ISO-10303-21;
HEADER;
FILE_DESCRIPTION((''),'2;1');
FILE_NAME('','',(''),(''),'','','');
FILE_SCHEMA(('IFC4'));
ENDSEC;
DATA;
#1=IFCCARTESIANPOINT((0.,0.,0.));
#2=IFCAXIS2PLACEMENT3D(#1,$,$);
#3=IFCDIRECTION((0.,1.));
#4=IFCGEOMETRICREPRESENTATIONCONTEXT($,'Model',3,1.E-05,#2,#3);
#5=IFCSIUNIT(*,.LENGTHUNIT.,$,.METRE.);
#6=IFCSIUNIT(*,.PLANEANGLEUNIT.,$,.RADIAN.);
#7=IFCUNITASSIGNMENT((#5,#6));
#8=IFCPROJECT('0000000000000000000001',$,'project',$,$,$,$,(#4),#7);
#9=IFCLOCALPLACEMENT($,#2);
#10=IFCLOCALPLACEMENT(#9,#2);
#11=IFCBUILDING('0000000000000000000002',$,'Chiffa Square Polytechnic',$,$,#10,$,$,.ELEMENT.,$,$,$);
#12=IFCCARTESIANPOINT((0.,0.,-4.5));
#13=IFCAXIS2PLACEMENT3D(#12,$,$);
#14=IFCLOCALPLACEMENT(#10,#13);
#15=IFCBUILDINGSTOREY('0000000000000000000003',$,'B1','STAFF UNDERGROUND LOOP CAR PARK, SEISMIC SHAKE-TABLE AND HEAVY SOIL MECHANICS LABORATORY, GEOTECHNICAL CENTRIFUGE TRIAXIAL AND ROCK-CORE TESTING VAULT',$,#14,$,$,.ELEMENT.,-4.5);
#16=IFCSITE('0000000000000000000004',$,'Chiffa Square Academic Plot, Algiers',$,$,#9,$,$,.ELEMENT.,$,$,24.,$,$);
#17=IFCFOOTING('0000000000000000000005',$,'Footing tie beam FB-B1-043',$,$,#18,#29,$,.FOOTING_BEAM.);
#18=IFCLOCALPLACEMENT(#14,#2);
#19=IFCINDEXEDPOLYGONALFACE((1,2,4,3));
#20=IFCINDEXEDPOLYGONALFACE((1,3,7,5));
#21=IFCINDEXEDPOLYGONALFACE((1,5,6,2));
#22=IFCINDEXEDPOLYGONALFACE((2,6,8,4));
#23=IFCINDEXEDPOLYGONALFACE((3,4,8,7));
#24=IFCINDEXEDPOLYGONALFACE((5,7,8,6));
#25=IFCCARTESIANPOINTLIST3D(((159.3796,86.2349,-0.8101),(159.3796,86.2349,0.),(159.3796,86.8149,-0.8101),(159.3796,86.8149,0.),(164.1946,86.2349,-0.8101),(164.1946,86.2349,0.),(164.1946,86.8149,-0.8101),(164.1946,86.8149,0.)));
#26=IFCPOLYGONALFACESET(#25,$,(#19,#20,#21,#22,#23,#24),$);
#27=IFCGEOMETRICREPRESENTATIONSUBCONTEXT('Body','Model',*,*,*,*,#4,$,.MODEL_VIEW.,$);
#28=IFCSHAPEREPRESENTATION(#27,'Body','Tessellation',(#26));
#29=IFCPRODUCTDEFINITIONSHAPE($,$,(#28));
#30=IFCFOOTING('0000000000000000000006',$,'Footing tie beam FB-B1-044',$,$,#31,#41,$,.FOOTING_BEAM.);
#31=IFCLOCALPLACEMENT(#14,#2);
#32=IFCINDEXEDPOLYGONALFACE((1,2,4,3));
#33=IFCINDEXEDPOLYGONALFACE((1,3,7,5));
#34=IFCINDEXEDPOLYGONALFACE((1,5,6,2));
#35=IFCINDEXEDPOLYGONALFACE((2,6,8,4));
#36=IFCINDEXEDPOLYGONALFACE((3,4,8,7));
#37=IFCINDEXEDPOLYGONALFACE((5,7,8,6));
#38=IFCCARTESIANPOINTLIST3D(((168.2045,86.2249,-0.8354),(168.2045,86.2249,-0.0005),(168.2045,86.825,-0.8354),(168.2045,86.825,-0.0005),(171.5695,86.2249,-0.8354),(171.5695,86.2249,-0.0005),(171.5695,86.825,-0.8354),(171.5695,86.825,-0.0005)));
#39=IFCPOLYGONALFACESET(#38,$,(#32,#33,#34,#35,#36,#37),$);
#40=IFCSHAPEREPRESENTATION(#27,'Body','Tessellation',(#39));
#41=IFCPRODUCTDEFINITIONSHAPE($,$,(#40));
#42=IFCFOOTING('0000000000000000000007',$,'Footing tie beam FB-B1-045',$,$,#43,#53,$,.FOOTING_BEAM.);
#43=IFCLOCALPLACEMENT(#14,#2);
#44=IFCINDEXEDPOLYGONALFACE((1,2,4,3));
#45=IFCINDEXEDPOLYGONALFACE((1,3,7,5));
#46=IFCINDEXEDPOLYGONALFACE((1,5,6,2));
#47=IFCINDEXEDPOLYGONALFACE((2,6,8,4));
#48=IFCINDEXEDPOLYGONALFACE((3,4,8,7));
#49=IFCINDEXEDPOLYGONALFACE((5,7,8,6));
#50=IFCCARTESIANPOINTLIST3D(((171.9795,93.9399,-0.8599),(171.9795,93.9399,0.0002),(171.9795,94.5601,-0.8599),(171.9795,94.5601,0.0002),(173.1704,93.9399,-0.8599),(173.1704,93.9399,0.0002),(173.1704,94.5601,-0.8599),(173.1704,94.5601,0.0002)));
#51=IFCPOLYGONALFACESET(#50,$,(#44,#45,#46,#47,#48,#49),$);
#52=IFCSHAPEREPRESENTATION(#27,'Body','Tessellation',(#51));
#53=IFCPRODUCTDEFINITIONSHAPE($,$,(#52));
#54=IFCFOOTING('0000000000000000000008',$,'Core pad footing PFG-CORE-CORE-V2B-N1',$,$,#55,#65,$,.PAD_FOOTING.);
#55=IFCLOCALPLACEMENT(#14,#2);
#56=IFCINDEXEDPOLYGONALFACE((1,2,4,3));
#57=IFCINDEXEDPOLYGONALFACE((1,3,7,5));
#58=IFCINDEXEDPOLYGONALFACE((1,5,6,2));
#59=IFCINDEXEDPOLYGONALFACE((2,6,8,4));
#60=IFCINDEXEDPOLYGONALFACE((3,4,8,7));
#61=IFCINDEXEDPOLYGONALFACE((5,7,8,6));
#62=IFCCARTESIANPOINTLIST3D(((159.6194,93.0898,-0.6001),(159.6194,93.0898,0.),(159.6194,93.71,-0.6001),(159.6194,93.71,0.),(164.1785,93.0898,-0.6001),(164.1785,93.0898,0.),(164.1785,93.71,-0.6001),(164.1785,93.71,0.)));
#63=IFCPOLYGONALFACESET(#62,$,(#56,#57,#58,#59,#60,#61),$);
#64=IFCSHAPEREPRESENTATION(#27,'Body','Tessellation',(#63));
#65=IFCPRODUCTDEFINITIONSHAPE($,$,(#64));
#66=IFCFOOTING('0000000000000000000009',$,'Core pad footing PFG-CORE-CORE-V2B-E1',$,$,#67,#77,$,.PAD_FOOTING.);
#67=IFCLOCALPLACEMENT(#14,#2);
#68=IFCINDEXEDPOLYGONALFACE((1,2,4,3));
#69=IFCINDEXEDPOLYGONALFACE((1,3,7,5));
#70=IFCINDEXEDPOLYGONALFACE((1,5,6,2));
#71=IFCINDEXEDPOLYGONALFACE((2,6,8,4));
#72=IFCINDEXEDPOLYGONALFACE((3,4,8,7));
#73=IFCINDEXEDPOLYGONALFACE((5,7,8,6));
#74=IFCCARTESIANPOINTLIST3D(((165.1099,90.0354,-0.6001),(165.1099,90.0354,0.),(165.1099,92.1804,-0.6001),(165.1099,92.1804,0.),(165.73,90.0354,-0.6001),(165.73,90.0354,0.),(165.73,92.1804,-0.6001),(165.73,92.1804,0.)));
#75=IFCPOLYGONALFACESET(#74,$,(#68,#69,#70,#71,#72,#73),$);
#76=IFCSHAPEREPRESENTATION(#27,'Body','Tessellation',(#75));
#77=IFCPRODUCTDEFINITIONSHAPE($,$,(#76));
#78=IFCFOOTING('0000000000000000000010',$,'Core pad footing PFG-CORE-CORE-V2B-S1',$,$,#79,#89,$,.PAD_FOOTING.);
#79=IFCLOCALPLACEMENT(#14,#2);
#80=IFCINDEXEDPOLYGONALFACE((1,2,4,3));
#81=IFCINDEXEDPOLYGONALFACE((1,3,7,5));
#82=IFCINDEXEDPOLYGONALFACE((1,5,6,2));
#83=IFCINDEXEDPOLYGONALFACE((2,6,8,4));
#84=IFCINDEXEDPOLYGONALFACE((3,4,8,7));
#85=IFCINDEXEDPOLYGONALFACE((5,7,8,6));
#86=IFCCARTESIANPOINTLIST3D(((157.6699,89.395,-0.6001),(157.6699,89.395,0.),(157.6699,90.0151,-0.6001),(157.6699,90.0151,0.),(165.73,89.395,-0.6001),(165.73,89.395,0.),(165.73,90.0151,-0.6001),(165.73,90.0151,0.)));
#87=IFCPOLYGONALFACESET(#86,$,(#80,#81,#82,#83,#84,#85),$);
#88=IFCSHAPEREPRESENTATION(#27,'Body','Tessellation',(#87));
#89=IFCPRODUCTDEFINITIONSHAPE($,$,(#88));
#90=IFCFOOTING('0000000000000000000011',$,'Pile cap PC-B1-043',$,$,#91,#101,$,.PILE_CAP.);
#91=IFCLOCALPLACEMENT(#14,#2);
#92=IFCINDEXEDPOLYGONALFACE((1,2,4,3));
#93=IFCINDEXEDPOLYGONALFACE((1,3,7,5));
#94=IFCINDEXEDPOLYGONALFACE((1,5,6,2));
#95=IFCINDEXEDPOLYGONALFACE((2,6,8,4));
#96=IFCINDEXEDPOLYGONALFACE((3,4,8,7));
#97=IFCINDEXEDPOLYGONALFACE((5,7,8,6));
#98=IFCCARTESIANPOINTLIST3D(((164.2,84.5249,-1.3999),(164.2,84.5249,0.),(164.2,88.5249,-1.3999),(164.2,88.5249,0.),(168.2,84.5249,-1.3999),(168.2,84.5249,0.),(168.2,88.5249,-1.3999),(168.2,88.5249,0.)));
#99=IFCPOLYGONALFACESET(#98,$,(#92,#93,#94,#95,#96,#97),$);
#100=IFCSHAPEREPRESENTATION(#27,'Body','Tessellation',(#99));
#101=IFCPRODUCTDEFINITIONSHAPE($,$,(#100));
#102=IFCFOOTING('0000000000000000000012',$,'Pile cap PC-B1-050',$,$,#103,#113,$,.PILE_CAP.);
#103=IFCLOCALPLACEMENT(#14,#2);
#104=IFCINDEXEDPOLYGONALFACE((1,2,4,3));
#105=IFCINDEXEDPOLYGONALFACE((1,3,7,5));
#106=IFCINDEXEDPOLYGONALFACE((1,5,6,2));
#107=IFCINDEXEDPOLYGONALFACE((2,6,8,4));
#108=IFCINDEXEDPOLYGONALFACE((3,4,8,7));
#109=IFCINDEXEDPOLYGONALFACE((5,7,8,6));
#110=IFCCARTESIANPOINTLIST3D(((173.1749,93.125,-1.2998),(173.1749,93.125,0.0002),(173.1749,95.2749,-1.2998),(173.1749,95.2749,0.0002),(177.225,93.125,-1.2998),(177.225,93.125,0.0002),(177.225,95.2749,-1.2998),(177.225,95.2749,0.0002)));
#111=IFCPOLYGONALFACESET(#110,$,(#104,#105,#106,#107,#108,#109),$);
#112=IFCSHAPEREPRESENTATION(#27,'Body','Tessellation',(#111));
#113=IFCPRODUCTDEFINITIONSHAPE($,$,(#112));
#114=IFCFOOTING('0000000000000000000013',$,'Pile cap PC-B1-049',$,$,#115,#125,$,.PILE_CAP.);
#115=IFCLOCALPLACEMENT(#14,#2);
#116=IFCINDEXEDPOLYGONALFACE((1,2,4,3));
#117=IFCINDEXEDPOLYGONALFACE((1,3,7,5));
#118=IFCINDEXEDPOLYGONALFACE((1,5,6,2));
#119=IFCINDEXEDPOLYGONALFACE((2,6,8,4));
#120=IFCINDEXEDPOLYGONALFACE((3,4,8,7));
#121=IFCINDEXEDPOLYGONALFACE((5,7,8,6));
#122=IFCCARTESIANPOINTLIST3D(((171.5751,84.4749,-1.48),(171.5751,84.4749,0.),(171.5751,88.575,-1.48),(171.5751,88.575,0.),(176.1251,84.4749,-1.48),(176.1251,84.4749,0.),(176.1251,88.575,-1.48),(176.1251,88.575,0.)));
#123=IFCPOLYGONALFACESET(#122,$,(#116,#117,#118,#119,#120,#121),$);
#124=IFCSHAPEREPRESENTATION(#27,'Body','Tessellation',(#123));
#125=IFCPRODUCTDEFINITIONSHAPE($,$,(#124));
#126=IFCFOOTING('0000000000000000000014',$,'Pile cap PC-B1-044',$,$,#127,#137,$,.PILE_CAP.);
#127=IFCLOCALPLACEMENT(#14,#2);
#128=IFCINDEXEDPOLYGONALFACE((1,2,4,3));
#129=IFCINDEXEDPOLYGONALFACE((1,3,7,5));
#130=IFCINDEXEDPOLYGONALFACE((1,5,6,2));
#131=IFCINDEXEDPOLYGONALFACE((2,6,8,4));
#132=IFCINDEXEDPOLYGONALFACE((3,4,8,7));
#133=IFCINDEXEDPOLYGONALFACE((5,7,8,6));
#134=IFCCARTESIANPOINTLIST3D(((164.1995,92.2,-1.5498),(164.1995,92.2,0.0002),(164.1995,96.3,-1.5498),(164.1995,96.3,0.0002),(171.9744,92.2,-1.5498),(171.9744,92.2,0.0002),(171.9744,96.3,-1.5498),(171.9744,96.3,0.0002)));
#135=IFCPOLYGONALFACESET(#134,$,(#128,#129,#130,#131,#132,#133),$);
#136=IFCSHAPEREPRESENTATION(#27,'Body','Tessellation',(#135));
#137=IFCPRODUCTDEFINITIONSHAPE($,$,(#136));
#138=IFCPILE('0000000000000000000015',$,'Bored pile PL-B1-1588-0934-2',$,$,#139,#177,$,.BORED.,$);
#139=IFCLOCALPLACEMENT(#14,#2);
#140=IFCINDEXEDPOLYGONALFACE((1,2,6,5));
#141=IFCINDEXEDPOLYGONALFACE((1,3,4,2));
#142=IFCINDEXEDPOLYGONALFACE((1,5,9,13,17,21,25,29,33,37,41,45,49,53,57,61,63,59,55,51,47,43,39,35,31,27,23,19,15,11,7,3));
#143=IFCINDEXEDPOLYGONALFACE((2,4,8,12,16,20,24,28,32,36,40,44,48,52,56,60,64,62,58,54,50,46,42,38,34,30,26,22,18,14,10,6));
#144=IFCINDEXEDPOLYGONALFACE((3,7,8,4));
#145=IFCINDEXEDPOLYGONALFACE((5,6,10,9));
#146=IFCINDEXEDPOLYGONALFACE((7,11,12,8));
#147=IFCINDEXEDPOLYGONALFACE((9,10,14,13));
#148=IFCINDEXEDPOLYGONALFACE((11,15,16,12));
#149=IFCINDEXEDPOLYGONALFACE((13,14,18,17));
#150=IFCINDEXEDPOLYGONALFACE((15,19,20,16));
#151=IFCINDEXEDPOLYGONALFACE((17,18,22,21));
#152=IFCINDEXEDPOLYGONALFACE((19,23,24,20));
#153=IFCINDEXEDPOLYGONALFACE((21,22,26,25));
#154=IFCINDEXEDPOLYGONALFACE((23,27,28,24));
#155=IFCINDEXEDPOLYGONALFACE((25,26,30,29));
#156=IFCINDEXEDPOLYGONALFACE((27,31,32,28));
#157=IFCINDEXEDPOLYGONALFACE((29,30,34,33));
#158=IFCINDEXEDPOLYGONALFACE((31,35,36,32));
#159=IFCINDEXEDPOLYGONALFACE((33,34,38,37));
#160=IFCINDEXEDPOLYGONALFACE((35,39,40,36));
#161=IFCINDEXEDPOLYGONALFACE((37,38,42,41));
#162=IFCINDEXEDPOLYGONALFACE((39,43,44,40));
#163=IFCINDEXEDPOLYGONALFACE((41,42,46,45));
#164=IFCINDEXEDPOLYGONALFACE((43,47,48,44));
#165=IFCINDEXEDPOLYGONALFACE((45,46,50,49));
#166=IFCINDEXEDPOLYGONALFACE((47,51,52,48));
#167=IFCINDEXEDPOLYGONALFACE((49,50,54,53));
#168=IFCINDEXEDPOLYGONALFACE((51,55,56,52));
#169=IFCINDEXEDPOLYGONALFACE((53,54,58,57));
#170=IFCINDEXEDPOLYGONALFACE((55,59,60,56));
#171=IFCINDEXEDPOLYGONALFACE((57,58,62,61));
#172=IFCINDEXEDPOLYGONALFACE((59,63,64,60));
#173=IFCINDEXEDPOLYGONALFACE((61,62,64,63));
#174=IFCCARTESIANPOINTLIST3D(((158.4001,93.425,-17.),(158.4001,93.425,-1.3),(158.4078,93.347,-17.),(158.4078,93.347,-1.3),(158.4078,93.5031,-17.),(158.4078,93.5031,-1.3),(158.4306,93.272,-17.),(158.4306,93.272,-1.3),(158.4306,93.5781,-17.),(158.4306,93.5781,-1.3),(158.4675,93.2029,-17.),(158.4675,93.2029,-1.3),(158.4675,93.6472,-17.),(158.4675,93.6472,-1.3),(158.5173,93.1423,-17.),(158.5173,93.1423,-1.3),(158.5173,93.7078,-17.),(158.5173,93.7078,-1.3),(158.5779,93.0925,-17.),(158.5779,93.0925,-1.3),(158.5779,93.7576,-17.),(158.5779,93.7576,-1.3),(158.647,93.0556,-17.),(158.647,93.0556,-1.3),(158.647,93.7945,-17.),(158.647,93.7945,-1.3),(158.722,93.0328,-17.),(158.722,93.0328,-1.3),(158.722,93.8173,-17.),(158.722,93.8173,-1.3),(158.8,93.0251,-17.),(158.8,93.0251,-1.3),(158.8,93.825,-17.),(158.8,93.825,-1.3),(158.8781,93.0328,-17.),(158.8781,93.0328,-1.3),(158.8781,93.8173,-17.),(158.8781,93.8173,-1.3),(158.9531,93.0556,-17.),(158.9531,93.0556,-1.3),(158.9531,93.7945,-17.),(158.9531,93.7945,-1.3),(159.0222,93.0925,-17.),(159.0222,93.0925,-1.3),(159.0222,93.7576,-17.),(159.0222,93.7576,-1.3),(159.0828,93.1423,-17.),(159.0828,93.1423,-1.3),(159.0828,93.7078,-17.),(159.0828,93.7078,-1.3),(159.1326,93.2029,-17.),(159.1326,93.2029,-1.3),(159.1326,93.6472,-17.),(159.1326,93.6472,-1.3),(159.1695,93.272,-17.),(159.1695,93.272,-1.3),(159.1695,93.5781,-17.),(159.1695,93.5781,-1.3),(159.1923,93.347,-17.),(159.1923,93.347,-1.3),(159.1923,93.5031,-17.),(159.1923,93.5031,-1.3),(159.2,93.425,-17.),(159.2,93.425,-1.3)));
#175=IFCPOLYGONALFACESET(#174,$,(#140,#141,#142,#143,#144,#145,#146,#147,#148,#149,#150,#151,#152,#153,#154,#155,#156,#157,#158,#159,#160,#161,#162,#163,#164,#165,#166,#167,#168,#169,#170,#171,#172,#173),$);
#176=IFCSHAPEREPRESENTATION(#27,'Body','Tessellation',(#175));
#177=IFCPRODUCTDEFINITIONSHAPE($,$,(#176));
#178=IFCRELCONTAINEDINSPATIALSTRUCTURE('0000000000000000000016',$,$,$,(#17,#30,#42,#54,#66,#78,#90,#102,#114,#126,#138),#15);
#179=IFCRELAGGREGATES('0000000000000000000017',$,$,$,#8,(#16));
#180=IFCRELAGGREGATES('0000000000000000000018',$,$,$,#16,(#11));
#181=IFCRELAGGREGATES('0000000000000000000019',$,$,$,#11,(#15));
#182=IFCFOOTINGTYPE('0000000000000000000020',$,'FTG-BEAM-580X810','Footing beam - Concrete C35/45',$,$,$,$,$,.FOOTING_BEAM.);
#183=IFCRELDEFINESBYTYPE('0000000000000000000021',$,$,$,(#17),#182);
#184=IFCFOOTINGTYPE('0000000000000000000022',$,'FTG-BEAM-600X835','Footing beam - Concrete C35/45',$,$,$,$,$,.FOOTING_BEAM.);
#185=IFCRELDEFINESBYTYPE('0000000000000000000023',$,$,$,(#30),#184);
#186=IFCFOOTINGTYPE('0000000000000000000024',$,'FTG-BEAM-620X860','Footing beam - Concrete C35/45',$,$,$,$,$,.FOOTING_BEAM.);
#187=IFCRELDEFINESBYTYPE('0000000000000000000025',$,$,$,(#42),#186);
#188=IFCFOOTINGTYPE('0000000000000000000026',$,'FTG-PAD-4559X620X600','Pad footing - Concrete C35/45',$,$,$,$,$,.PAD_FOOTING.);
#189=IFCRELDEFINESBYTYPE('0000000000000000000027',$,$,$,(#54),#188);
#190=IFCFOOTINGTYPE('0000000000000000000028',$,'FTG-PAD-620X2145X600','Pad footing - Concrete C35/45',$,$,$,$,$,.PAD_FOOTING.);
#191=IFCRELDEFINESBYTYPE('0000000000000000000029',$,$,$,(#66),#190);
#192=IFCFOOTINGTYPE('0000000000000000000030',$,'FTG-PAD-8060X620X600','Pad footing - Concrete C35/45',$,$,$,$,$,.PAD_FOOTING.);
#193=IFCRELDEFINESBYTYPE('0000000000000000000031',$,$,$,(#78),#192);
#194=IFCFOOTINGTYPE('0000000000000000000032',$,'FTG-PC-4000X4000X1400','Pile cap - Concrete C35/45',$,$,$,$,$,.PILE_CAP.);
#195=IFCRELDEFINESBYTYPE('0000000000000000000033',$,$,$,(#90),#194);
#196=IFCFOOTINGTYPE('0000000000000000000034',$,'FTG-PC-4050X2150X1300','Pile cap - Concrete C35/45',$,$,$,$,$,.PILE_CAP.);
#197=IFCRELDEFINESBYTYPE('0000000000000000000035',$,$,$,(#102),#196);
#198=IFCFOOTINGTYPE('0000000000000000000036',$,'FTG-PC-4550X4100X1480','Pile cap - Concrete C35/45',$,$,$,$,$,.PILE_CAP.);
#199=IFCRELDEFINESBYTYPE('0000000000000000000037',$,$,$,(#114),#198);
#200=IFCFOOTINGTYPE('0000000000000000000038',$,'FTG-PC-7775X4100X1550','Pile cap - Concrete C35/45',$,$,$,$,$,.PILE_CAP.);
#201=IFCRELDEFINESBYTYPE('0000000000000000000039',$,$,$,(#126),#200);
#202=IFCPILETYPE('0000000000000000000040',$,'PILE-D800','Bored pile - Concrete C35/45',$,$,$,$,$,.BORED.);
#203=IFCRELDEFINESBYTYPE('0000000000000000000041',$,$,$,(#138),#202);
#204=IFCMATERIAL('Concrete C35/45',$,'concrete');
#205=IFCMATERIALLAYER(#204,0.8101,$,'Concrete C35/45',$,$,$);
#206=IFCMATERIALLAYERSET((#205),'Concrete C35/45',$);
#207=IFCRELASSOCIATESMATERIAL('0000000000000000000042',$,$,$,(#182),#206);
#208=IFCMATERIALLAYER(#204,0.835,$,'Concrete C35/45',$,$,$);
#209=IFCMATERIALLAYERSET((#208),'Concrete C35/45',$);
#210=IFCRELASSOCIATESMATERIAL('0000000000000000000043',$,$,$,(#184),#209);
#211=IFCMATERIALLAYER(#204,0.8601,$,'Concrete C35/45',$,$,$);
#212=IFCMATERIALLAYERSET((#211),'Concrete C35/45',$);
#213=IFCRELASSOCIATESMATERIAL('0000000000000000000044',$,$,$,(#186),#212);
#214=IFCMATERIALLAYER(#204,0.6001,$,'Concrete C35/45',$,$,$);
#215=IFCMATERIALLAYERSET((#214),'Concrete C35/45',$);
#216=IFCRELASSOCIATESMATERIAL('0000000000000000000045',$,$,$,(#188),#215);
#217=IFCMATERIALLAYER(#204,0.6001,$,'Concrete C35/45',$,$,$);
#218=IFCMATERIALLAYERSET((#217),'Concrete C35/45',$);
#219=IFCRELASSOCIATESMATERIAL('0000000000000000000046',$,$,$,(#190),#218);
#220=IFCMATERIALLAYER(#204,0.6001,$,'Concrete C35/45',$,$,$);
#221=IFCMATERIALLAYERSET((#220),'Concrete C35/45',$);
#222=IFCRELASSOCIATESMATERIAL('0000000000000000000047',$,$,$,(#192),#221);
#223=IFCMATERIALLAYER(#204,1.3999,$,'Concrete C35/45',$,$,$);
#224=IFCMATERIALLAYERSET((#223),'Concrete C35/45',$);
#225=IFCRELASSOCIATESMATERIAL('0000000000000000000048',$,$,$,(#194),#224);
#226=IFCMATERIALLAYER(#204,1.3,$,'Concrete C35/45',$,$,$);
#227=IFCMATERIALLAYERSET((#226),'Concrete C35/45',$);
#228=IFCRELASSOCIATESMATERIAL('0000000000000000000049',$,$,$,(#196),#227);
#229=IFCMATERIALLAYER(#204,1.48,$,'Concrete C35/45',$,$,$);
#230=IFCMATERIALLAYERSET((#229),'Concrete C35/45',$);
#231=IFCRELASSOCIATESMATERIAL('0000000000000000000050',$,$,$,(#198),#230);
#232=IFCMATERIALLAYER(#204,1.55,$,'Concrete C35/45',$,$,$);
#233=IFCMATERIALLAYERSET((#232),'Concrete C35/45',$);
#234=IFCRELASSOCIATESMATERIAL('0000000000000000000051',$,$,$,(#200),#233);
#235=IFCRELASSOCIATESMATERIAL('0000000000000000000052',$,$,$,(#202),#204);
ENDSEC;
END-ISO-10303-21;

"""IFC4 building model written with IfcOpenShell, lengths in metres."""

from ifc_helpers import new_model, si_unit, direction, frame, origin, origin_2d, place, context, subcontext, project, spatial, rectangle, circle, extrude, material, layer, layer_set, material_profile, profile_set, type_object, element, save


model = new_model("IFC4")

# Units and contexts
model_context = context("Model", 3, precision=1e-05, world=origin(), true_north=direction((0.0, 1.0)))
body_context = subcontext(model_context, "Body", "Model", "MODEL_VIEW")
ifc_project = project(units=[si_unit("LENGTHUNIT", "METRE"), si_unit("PLANEANGLEUNIT", "RADIAN")], contexts=[model_context])

# Site, building, storey
site_placement = place(None, origin())
site = spatial("IfcSite", under=ifc_project, at=site_placement, Name="Chiffa Square Academic Plot, Algiers", CompositionType="ELEMENT", RefElevation=24.0)
building_placement = place(site_placement, origin())
building = spatial("IfcBuilding", under=site, at=building_placement, Name="Chiffa Square Polytechnic", CompositionType="ELEMENT")
storey_placement = place(building_placement, frame((0.0, 0.0, -4.5)))
storey = spatial("IfcBuildingStorey", under=building, at=storey_placement, Name="B1", Description="STAFF UNDERGROUND LOOP CAR PARK, SEISMIC SHAKE-TABLE AND HEAVY SOIL MECHANICS LABORATORY, GEOTECHNICAL CENTRIFUGE TRIAXIAL AND ROCK-CORE TESTING VAULT", CompositionType="ELEMENT", Elevation=-4.5)

# Footings
ifc_material_1 = material(Name="Concrete C35/45", Category="concrete")
ifc_layer_1 = layer(ifc_material_1, 0.8101, Name="Concrete C35/45")
ifc_layer_set_1 = layer_set([ifc_layer_1], Name="Concrete C35/45")
footing_type_1 = type_object("IfcFootingType", Name="FTG-BEAM-580X810", Description="Footing beam - Concrete C35/45", PredefinedType="FOOTING_BEAM", material=ifc_layer_set_1)
footing_1_placement = place(storey_placement, frame((161.7871, 86.5249, -0.8101), z_axis=(0.0, 0.0, 1.0), x_axis=(1.0, 0.0, 0.0)))
element("IfcFooting", 1, at=footing_1_placement, inside=storey, type_object=footing_type_1, Name="Footing tie beam FB-B1-043", PredefinedType="FOOTING_BEAM", context=body_context, shape_type="SweptSolid", body=[
    extrude(rectangle(XDim=4.8149, YDim=0.5801, at=origin_2d()), origin(), (0.0, 0.0, 1.0), 0.8101),
])
ifc_layer_2 = layer(ifc_material_1, 0.835, Name="Concrete C35/45")
ifc_layer_set_2 = layer_set([ifc_layer_2], Name="Concrete C35/45")
footing_type_2 = type_object("IfcFootingType", Name="FTG-BEAM-600X835", Description="Footing beam - Concrete C35/45", PredefinedType="FOOTING_BEAM", material=ifc_layer_set_2)
footing_2_placement = place(storey_placement, frame((169.887, 86.5249, -0.8354), z_axis=(0.0, 0.0, 1.0), x_axis=(1.0, 0.0, 0.0)))
element("IfcFooting", 2, at=footing_2_placement, inside=storey, type_object=footing_type_2, Name="Footing tie beam FB-B1-044", PredefinedType="FOOTING_BEAM", context=body_context, shape_type="SweptSolid", body=[
    extrude(rectangle(XDim=3.365, YDim=0.6001, at=origin_2d()), origin(), (0.0, 0.0, 1.0), 0.835),
])
ifc_layer_3 = layer(ifc_material_1, 0.8601, Name="Concrete C35/45")
ifc_layer_set_3 = layer_set([ifc_layer_3], Name="Concrete C35/45")
footing_type_3 = type_object("IfcFootingType", Name="FTG-BEAM-620X860", Description="Footing beam - Concrete C35/45", PredefinedType="FOOTING_BEAM", material=ifc_layer_set_3)
footing_3_placement = place(storey_placement, frame((172.575, 94.25, -0.8599), z_axis=(0.0, 0.0, 1.0), x_axis=(1.0, 0.0, 0.0)))
element("IfcFooting", 3, at=footing_3_placement, inside=storey, type_object=footing_type_3, Name="Footing tie beam FB-B1-045", PredefinedType="FOOTING_BEAM", context=body_context, shape_type="SweptSolid", body=[
    extrude(rectangle(XDim=1.1909, YDim=0.6201, at=origin_2d()), origin(), (0.0, 0.0, 1.0), 0.8601),
])
ifc_layer_4 = layer(ifc_material_1, 0.6001, Name="Concrete C35/45")
ifc_layer_set_4 = layer_set([ifc_layer_4], Name="Concrete C35/45")
footing_type_4 = type_object("IfcFootingType", Name="FTG-PAD-4559X620X600", Description="Pad footing - Concrete C35/45", PredefinedType="PAD_FOOTING", material=ifc_layer_set_4)
footing_4_placement = place(storey_placement, frame((161.8989, 93.3999, -0.6001), z_axis=(0.0, 0.0, 1.0), x_axis=(1.0, 0.0, 0.0)))
element("IfcFooting", 4, at=footing_4_placement, inside=storey, type_object=footing_type_4, Name="Core pad footing PFG-CORE-CORE-V2B-N1", PredefinedType="PAD_FOOTING", context=body_context, shape_type="SweptSolid", body=[
    extrude(rectangle(XDim=4.5591, YDim=0.6201, at=origin_2d()), origin(), (0.0, 0.0, 1.0), 0.6001),
])
ifc_layer_5 = layer(ifc_material_1, 0.6001, Name="Concrete C35/45")
ifc_layer_set_5 = layer_set([ifc_layer_5], Name="Concrete C35/45")
footing_type_5 = type_object("IfcFootingType", Name="FTG-PAD-620X2145X600", Description="Pad footing - Concrete C35/45", PredefinedType="PAD_FOOTING", material=ifc_layer_set_5)
footing_5_placement = place(storey_placement, frame((165.4199, 91.1079, -0.6001), z_axis=(0.0, 0.0, 1.0), x_axis=(1.0, 0.0, 0.0)))
element("IfcFooting", 5, at=footing_5_placement, inside=storey, type_object=footing_type_5, Name="Core pad footing PFG-CORE-CORE-V2B-E1", PredefinedType="PAD_FOOTING", context=body_context, shape_type="SweptSolid", body=[
    extrude(rectangle(XDim=0.6201, YDim=2.145, at=origin_2d()), origin(), (0.0, 0.0, 1.0), 0.6001),
])
ifc_layer_6 = layer(ifc_material_1, 0.6001, Name="Concrete C35/45")
ifc_layer_set_6 = layer_set([ifc_layer_6], Name="Concrete C35/45")
footing_type_6 = type_object("IfcFootingType", Name="FTG-PAD-8060X620X600", Description="Pad footing - Concrete C35/45", PredefinedType="PAD_FOOTING", material=ifc_layer_set_6)
footing_6_placement = place(storey_placement, frame((161.7, 89.7051, -0.6001), z_axis=(0.0, 0.0, 1.0), x_axis=(1.0, 0.0, 0.0)))
element("IfcFooting", 6, at=footing_6_placement, inside=storey, type_object=footing_type_6, Name="Core pad footing PFG-CORE-CORE-V2B-S1", PredefinedType="PAD_FOOTING", context=body_context, shape_type="SweptSolid", body=[
    extrude(rectangle(XDim=8.0601, YDim=0.6201, at=origin_2d()), origin(), (0.0, 0.0, 1.0), 0.6001),
])
ifc_layer_7 = layer(ifc_material_1, 1.3999, Name="Concrete C35/45")
ifc_layer_set_7 = layer_set([ifc_layer_7], Name="Concrete C35/45")
footing_type_7 = type_object("IfcFootingType", Name="FTG-PC-4000X4000X1400", Description="Pile cap - Concrete C35/45", PredefinedType="PILE_CAP", material=ifc_layer_set_7)
footing_7_placement = place(storey_placement, frame((166.2, 86.5249, -1.3999), z_axis=(0.0, 0.0, 1.0), x_axis=(1.0, 0.0, 0.0)))
element("IfcFooting", 7, at=footing_7_placement, inside=storey, type_object=footing_type_7, Name="Pile cap PC-B1-043", PredefinedType="PILE_CAP", context=body_context, shape_type="SweptSolid", body=[
    extrude(rectangle(XDim=4.0, YDim=4.0, at=origin_2d()), origin(), (0.0, 0.0, 1.0), 1.3999),
])
ifc_layer_8 = layer(ifc_material_1, 1.3, Name="Concrete C35/45")
ifc_layer_set_8 = layer_set([ifc_layer_8], Name="Concrete C35/45")
footing_type_8 = type_object("IfcFootingType", Name="FTG-PC-4050X2150X1300", Description="Pile cap - Concrete C35/45", PredefinedType="PILE_CAP", material=ifc_layer_set_8)
footing_8_placement = place(storey_placement, frame((175.2, 94.2, -1.2998), z_axis=(0.0, 0.0, 1.0), x_axis=(1.0, 0.0, 0.0)))
element("IfcFooting", 8, at=footing_8_placement, inside=storey, type_object=footing_type_8, Name="Pile cap PC-B1-050", PredefinedType="PILE_CAP", context=body_context, shape_type="SweptSolid", body=[
    extrude(rectangle(XDim=4.05, YDim=2.1499, at=origin_2d()), origin(), (0.0, 0.0, 1.0), 1.3),
])
ifc_layer_9 = layer(ifc_material_1, 1.48, Name="Concrete C35/45")
ifc_layer_set_9 = layer_set([ifc_layer_9], Name="Concrete C35/45")
footing_type_9 = type_object("IfcFootingType", Name="FTG-PC-4550X4100X1480", Description="Pile cap - Concrete C35/45", PredefinedType="PILE_CAP", material=ifc_layer_set_9)
footing_9_placement = place(storey_placement, frame((173.8501, 86.5249, -1.48), z_axis=(0.0, 0.0, 1.0), x_axis=(1.0, 0.0, 0.0)))
element("IfcFooting", 9, at=footing_9_placement, inside=storey, type_object=footing_type_9, Name="Pile cap PC-B1-049", PredefinedType="PILE_CAP", context=body_context, shape_type="SweptSolid", body=[
    extrude(rectangle(XDim=4.55, YDim=4.1001, at=origin_2d()), origin(), (0.0, 0.0, 1.0), 1.48),
])
ifc_layer_10 = layer(ifc_material_1, 1.55, Name="Concrete C35/45")
ifc_layer_set_10 = layer_set([ifc_layer_10], Name="Concrete C35/45")
footing_type_10 = type_object("IfcFootingType", Name="FTG-PC-7775X4100X1550", Description="Pile cap - Concrete C35/45", PredefinedType="PILE_CAP", material=ifc_layer_set_10)
footing_10_placement = place(storey_placement, frame((168.0869, 94.25, -1.5498), z_axis=(0.0, 0.0, 1.0), x_axis=(1.0, 0.0, 0.0)))
element("IfcFooting", 10, at=footing_10_placement, inside=storey, type_object=footing_type_10, Name="Pile cap PC-B1-044", PredefinedType="PILE_CAP", context=body_context, shape_type="SweptSolid", body=[
    extrude(rectangle(XDim=7.7749, YDim=4.1001, at=origin_2d()), origin(), (0.0, 0.0, 1.0), 1.55),
])

# Pile
ifc_material_profile_1 = material_profile(ifc_material_1, circle(Radius=0.3999, at=origin_2d()), Name="PILE D800")
ifc_profile_set_1 = profile_set([ifc_material_profile_1], Name="Concrete C35/45")
pile_type_1 = type_object("IfcPileType", Name="PILE-D800", Description="Bored pile - Concrete C35/45", PredefinedType="BORED", material=ifc_profile_set_1)
pile_placement = place(storey_placement, frame((158.8, 93.425, -1.3), z_axis=(0.0, 0.0, -1.0), x_axis=(1.0, 0.0, 0.0)))
element("IfcPile", 11, at=pile_placement, inside=storey, type_object=pile_type_1, Name="Bored pile PL-B1-1588-0934-2", PredefinedType="BORED", context=body_context, shape_type="SweptSolid", body=[
    extrude(circle(Radius=0.3999, at=origin_2d()), origin(), (0.0, 0.0, 1.0), 15.7),
])

save(model, "model.ifc")
